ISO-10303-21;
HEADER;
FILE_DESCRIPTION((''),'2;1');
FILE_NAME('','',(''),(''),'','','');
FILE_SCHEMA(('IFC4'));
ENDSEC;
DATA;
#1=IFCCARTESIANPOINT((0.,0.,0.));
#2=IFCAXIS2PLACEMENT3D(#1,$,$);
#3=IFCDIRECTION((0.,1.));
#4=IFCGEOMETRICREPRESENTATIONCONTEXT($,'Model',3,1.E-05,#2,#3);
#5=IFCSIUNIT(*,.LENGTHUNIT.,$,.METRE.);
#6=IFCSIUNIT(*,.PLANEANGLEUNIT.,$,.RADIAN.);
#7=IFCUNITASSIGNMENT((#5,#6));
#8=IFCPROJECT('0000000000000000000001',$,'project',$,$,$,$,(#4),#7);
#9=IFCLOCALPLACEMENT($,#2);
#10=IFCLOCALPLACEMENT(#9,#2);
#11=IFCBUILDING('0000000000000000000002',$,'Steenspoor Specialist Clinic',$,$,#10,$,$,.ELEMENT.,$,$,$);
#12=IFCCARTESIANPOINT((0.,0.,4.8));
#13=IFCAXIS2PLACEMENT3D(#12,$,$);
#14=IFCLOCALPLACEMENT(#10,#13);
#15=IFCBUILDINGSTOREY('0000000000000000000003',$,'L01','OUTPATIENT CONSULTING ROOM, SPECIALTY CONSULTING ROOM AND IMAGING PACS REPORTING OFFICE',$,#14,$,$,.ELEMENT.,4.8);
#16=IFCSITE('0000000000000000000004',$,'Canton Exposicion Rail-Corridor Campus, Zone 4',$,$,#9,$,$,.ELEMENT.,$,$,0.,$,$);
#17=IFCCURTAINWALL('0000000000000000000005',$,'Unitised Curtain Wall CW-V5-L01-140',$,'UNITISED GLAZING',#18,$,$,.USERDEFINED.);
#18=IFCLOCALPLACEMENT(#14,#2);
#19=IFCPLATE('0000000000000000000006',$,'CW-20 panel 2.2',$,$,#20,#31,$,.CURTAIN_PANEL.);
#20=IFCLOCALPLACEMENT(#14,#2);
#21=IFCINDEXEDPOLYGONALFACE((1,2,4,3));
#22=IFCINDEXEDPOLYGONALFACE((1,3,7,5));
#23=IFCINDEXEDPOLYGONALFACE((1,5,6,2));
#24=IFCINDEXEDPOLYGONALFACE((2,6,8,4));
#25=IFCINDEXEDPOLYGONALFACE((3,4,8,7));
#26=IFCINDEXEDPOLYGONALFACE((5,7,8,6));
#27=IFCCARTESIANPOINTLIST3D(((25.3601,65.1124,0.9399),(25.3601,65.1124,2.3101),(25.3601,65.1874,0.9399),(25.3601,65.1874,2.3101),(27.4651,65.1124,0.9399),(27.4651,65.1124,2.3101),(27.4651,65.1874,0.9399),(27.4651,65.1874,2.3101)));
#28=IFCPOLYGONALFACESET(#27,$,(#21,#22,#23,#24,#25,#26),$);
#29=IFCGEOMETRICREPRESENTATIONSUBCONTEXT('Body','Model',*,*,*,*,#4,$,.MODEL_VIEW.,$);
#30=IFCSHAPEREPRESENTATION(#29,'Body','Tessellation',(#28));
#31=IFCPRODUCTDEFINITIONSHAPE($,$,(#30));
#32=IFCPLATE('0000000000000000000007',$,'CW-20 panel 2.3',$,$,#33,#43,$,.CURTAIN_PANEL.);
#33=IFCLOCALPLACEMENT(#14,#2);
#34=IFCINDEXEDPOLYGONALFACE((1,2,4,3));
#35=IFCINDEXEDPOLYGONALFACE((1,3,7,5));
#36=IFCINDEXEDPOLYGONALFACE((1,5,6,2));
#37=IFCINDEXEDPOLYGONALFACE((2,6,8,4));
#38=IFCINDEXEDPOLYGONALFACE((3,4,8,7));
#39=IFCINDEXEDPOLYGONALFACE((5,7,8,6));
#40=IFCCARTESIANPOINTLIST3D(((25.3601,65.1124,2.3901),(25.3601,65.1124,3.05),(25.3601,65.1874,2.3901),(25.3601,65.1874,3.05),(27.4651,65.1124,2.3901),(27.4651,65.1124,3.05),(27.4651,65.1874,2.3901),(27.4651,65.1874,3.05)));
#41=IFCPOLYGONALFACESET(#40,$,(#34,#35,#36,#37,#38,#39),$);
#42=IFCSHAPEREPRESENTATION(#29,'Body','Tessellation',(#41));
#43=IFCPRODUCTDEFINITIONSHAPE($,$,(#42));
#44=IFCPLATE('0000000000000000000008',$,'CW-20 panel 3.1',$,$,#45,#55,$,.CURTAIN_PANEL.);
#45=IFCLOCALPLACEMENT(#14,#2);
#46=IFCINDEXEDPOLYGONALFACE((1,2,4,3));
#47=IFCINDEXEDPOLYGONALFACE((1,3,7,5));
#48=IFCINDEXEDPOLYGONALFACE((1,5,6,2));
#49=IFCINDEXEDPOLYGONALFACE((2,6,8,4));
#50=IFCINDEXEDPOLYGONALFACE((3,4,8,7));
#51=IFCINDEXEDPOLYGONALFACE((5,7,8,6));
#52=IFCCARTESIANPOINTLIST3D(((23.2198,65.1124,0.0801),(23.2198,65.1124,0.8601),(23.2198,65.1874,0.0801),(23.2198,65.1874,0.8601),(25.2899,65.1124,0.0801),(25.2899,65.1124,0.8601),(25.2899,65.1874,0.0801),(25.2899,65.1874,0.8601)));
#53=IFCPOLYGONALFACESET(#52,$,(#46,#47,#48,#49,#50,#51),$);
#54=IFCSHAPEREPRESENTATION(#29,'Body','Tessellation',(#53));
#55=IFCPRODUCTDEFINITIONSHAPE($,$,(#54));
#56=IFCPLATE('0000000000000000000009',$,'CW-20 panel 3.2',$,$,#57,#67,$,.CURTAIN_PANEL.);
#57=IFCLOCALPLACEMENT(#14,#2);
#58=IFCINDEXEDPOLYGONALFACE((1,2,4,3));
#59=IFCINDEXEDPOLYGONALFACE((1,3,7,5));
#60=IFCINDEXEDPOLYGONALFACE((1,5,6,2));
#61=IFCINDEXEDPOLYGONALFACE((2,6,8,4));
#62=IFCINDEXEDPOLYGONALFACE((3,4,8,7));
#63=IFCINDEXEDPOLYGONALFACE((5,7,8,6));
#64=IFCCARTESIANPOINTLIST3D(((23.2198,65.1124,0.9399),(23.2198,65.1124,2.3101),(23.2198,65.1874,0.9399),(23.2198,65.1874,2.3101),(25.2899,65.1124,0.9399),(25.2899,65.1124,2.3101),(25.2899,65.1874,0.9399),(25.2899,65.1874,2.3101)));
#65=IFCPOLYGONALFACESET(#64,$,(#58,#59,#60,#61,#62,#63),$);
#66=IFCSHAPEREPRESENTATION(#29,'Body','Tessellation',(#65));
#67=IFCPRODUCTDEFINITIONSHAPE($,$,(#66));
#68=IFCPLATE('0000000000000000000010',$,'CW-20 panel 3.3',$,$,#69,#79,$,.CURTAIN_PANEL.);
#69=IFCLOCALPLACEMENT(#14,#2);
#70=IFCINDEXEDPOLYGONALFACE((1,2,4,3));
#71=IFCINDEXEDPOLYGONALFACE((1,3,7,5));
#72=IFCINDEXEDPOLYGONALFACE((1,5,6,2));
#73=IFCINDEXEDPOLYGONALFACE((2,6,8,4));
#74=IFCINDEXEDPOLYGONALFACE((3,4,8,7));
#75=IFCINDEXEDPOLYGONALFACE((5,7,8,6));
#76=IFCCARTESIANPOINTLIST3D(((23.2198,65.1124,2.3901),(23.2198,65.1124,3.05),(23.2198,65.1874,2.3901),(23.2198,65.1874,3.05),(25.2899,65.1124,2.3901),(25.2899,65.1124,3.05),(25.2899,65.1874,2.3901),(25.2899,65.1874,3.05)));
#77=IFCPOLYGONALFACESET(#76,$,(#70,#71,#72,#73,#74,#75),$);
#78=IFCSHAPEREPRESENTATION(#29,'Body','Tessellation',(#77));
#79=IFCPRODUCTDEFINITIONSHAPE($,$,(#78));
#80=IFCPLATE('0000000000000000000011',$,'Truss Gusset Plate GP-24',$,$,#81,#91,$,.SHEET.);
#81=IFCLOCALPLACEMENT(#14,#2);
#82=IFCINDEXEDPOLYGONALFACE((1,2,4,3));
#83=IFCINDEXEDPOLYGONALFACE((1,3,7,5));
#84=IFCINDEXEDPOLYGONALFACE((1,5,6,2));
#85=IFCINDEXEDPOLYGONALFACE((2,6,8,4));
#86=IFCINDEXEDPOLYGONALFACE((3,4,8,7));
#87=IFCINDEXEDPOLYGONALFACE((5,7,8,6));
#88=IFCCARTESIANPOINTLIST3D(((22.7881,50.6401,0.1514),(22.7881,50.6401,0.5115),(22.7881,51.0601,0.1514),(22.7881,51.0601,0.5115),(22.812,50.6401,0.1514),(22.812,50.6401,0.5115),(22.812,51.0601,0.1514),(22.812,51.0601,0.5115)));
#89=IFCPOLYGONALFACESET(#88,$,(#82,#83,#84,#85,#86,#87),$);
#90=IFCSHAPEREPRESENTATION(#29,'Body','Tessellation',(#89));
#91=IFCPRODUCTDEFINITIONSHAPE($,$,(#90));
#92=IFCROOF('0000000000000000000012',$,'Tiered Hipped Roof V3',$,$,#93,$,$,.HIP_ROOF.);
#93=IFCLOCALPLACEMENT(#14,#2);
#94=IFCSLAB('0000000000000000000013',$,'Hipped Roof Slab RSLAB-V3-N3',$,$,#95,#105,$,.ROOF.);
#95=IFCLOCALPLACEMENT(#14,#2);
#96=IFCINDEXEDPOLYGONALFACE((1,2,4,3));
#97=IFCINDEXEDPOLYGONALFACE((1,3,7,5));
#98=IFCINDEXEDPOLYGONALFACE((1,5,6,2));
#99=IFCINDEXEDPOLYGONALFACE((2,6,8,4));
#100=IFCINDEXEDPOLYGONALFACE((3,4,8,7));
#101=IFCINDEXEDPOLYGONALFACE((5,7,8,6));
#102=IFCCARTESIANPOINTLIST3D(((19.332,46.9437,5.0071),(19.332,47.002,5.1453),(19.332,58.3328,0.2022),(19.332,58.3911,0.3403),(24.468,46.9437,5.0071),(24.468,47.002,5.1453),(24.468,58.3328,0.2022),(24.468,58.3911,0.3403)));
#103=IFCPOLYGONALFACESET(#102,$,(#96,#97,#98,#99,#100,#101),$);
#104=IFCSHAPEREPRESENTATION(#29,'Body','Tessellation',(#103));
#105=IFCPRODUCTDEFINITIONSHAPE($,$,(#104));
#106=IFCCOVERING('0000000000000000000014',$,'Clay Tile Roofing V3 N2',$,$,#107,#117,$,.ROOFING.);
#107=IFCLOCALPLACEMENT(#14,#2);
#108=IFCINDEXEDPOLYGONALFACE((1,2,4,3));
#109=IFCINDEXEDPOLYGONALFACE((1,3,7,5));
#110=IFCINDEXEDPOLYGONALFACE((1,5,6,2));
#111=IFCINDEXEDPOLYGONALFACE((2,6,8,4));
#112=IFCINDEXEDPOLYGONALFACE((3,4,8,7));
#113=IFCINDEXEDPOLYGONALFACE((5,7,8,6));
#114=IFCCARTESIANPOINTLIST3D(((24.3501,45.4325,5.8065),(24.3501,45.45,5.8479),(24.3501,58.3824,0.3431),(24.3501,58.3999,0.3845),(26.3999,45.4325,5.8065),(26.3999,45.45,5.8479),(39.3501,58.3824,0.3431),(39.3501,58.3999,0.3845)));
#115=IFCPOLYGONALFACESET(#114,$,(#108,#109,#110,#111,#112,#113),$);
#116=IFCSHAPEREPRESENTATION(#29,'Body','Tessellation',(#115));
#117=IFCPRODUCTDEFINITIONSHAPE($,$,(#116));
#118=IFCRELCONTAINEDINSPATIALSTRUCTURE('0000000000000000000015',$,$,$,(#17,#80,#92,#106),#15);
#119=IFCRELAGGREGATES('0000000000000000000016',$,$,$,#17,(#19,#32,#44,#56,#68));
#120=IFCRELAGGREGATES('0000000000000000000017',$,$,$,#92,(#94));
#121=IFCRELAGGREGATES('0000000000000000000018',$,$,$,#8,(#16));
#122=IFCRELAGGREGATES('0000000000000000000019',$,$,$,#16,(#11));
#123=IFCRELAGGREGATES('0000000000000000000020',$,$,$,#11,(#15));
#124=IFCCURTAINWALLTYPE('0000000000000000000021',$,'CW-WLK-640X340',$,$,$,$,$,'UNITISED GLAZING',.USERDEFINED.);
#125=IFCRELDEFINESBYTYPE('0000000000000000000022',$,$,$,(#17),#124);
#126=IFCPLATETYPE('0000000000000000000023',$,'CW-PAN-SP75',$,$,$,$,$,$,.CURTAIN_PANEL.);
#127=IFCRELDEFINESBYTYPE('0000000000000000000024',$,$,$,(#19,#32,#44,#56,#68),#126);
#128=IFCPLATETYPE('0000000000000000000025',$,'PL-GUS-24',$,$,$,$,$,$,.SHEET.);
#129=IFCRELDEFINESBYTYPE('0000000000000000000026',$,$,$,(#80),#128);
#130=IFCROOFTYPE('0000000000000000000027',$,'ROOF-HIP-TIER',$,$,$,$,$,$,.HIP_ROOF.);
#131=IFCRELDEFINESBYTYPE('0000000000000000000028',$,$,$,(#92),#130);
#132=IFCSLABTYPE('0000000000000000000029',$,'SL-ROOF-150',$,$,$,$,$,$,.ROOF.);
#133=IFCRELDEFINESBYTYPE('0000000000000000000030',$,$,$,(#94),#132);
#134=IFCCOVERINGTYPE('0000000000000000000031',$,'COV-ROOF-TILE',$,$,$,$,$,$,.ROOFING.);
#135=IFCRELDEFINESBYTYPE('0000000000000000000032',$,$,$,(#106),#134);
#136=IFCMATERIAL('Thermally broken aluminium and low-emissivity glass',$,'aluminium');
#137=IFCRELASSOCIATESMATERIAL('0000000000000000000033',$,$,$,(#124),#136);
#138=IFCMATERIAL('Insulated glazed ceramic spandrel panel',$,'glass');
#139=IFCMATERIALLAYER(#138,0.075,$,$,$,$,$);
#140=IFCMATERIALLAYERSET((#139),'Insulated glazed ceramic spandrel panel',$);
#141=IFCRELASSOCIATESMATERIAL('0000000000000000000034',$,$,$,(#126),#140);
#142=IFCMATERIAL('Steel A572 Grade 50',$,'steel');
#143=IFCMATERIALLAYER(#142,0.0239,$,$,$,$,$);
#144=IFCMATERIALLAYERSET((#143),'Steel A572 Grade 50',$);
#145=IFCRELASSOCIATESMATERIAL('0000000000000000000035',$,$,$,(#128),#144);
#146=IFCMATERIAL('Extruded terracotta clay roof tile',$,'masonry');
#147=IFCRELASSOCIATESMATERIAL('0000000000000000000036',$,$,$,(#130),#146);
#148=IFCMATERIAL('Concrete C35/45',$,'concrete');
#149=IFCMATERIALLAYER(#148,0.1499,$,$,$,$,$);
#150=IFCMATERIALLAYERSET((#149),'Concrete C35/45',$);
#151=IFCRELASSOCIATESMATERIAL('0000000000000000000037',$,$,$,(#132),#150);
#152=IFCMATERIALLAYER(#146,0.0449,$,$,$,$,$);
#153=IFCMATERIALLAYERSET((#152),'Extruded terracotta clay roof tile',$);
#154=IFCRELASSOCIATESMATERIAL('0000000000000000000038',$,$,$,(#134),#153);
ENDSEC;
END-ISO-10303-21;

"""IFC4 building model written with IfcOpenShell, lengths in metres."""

from ifc_helpers import new_model, si_unit, direction, frame, origin, origin_2d, place, context, subcontext, project, spatial, polyline, rectangle, outline, extrude, material, layer, layer_set, type_object, element, aggregate, save


model = new_model("IFC4")

# Units and contexts
model_context = context("Model", 3, precision=1e-05, world=origin(), true_north=direction((0.0, 1.0)))
body_context = subcontext(model_context, "Body", "Model", "MODEL_VIEW")
ifc_project = project(units=[si_unit("LENGTHUNIT", "METRE"), si_unit("PLANEANGLEUNIT", "RADIAN")], contexts=[model_context])

# Site, building, storey
site_placement = place(None, origin())
site = spatial("IfcSite", under=ifc_project, at=site_placement, Name="Canton Exposicion Rail-Corridor Campus, Zone 4", CompositionType="ELEMENT", RefElevation=0.0)
building_placement = place(site_placement, origin())
building = spatial("IfcBuilding", under=site, at=building_placement, Name="Steenspoor Specialist Clinic", CompositionType="ELEMENT")
storey_placement = place(building_placement, frame((0.0, 0.0, 4.8)))
storey = spatial("IfcBuildingStorey", under=building, at=storey_placement, Name="L01", Description="OUTPATIENT CONSULTING ROOM, SPECIALTY CONSULTING ROOM AND IMAGING PACS REPORTING OFFICE", CompositionType="ELEMENT", Elevation=4.8)

# Curtain wall
ifc_material_1 = material(Name="Thermally broken aluminium and low-emissivity glass", Category="aluminium")
curtain_wall_type = type_object("IfcCurtainWallType", Name="CW-WLK-640X340", ElementType="UNITISED GLAZING", PredefinedType="USERDEFINED", material=ifc_material_1)
curtain_wall_placement = place(storey_placement, origin())
curtain_wall = element("IfcCurtainWall", 1, at=curtain_wall_placement, inside=storey, type_object=curtain_wall_type, Name="Unitised Curtain Wall CW-V5-L01-140", ObjectType="UNITISED GLAZING", PredefinedType="USERDEFINED")

# Shared definitions
ifc_material_2 = material(Name="Concrete C35/45", Category="concrete")

# Plates
ifc_material_3 = material(Name="Insulated glazed ceramic spandrel panel", Category="glass")
ifc_layer_1 = layer(ifc_material_3, 0.075)
ifc_layer_set_1 = layer_set([ifc_layer_1], Name="Insulated glazed ceramic spandrel panel")
plate_type_1 = type_object("IfcPlateType", Name="CW-PAN-SP75", PredefinedType="CURTAIN_PANEL", material=ifc_layer_set_1)
plate_1_placement = place(storey_placement, frame((26.4126, 65.1499, 0.9399), z_axis=(0.0, 0.0, 1.0), x_axis=(-1.0, 0.0, 0.0)))
plate_1 = element("IfcPlate", 2, at=plate_1_placement, type_object=plate_type_1, Name="CW-20 panel 2.2", PredefinedType="CURTAIN_PANEL", context=body_context, shape_type="SweptSolid", body=[
    extrude(rectangle(XDim=2.105, YDim=0.075, at=origin_2d()), origin(), (0.0, 0.0, 1.0), 1.3701),
])
plate_2_placement = place(storey_placement, frame((26.4126, 65.1499, 2.3901), z_axis=(0.0, 0.0, 1.0), x_axis=(-1.0, 0.0, 0.0)))
plate_2 = element("IfcPlate", 3, at=plate_2_placement, type_object=plate_type_1, Name="CW-20 panel 2.3", PredefinedType="CURTAIN_PANEL", context=body_context, shape_type="SweptSolid", body=[
    extrude(rectangle(XDim=2.105, YDim=0.075, at=origin_2d()), origin(), (0.0, 0.0, 1.0), 0.6599),
])
plate_3_placement = place(storey_placement, frame((24.2549, 65.1499, 0.0801), z_axis=(0.0, 0.0, 1.0), x_axis=(-1.0, 0.0, 0.0)))
plate_3 = element("IfcPlate", 4, at=plate_3_placement, type_object=plate_type_1, Name="CW-20 panel 3.1", PredefinedType="CURTAIN_PANEL", context=body_context, shape_type="SweptSolid", body=[
    extrude(rectangle(XDim=2.0701, YDim=0.075, at=origin_2d()), origin(), (0.0, 0.0, 1.0), 0.78),
])
plate_4_placement = place(storey_placement, frame((24.2549, 65.1499, 0.9399), z_axis=(0.0, 0.0, 1.0), x_axis=(-1.0, 0.0, 0.0)))
plate_4 = element("IfcPlate", 5, at=plate_4_placement, type_object=plate_type_1, Name="CW-20 panel 3.2", PredefinedType="CURTAIN_PANEL", context=body_context, shape_type="SweptSolid", body=[
    extrude(rectangle(XDim=2.0701, YDim=0.075, at=origin_2d()), origin(), (0.0, 0.0, 1.0), 1.3701),
])
plate_5_placement = place(storey_placement, frame((24.2549, 65.1499, 2.3901), z_axis=(0.0, 0.0, 1.0), x_axis=(-1.0, 0.0, 0.0)))
plate_5 = element("IfcPlate", 6, at=plate_5_placement, type_object=plate_type_1, Name="CW-20 panel 3.3", PredefinedType="CURTAIN_PANEL", context=body_context, shape_type="SweptSolid", body=[
    extrude(rectangle(XDim=2.0701, YDim=0.075, at=origin_2d()), origin(), (0.0, 0.0, 1.0), 0.6599),
])
aggregate(curtain_wall, [plate_1, plate_2, plate_3, plate_4, plate_5])
ifc_material_4 = material(Name="Steel A572 Grade 50", Category="steel")
ifc_layer_2 = layer(ifc_material_4, 0.0239)
ifc_layer_set_2 = layer_set([ifc_layer_2], Name="Steel A572 Grade 50")
plate_type_2 = type_object("IfcPlateType", Name="PL-GUS-24", PredefinedType="SHEET", material=ifc_layer_set_2)
plate_6_placement = place(storey_placement, frame((22.8, 50.8501, 0.1514), z_axis=(0.0, 0.0, 1.0), x_axis=(1.0, 0.0, 0.0)))
element("IfcPlate", 7, at=plate_6_placement, inside=storey, type_object=plate_type_2, Name="Truss Gusset Plate GP-24", PredefinedType="SHEET", context=body_context, shape_type="SweptSolid", body=[
    extrude(rectangle(XDim=0.0239, YDim=0.4199, at=origin_2d()), origin(), (0.0, 0.0, 1.0), 0.3601),
])

# Roof, slab
ifc_material_5 = material(Name="Extruded terracotta clay roof tile", Category="masonry")
roof_type = type_object("IfcRoofType", Name="ROOF-HIP-TIER", PredefinedType="HIP_ROOF", material=ifc_material_5)
roof_placement = place(storey_placement, origin())
roof = element("IfcRoof", 8, at=roof_placement, inside=storey, type_object=roof_type, Name="Tiered Hipped Roof V3", PredefinedType="HIP_ROOF")
ifc_layer_3 = layer(ifc_material_2, 0.1499)
ifc_layer_set_3 = layer_set([ifc_layer_3], Name="Concrete C35/45")
slab_type = type_object("IfcSlabType", Name="SL-ROOF-150", PredefinedType="ROOF", material=ifc_layer_set_3)
slab_placement = place(storey_placement, frame((24.468, 58.3911, 0.3403), z_axis=(0.0, 0.388709, 0.92136), x_axis=(-1.0, 0.0, 0.0)))
slab = element("IfcSlab", 9, at=slab_placement, type_object=slab_type, Name="Hipped Roof Slab RSLAB-V3-N3", PredefinedType="ROOF", context=body_context, shape_type="SweptSolid", body=[
    extrude(outline(polyline([(0.0, 0.0), (5.136, 0.0), (5.136, 12.3612), (0.0, 12.3612), (0.0, 0.0)])), origin(), (0.0, 0.0, -1.0), 0.1499),
])
aggregate(roof, [slab])

# Covering
ifc_layer_4 = layer(ifc_material_5, 0.0449)
ifc_layer_set_4 = layer_set([ifc_layer_4], Name="Extruded terracotta clay roof tile")
covering_type = type_object("IfcCoveringType", Name="COV-ROOF-TILE", PredefinedType="ROOFING", material=ifc_layer_set_4)
covering_placement = place(storey_placement, frame((24.3501, 58.3999, 0.3845), z_axis=(0.0, 0.388708, 0.921361), x_axis=(0.0, -0.921361, 0.388708)))
element("IfcCovering", 10, at=covering_placement, inside=storey, type_object=covering_type, Name="Clay Tile Roofing V3 N2", PredefinedType="ROOFING", context=body_context, shape_type="SweptSolid", body=[
    extrude(outline(polyline([(0.0, 0.0), (14.0552, 0.0), (14.0552, 2.0498), (0.0, 15.0), (0.0, 0.0)])), origin(), (0.0, 0.0, -1.0), 0.0449),
])

save(model, "model.ifc")
